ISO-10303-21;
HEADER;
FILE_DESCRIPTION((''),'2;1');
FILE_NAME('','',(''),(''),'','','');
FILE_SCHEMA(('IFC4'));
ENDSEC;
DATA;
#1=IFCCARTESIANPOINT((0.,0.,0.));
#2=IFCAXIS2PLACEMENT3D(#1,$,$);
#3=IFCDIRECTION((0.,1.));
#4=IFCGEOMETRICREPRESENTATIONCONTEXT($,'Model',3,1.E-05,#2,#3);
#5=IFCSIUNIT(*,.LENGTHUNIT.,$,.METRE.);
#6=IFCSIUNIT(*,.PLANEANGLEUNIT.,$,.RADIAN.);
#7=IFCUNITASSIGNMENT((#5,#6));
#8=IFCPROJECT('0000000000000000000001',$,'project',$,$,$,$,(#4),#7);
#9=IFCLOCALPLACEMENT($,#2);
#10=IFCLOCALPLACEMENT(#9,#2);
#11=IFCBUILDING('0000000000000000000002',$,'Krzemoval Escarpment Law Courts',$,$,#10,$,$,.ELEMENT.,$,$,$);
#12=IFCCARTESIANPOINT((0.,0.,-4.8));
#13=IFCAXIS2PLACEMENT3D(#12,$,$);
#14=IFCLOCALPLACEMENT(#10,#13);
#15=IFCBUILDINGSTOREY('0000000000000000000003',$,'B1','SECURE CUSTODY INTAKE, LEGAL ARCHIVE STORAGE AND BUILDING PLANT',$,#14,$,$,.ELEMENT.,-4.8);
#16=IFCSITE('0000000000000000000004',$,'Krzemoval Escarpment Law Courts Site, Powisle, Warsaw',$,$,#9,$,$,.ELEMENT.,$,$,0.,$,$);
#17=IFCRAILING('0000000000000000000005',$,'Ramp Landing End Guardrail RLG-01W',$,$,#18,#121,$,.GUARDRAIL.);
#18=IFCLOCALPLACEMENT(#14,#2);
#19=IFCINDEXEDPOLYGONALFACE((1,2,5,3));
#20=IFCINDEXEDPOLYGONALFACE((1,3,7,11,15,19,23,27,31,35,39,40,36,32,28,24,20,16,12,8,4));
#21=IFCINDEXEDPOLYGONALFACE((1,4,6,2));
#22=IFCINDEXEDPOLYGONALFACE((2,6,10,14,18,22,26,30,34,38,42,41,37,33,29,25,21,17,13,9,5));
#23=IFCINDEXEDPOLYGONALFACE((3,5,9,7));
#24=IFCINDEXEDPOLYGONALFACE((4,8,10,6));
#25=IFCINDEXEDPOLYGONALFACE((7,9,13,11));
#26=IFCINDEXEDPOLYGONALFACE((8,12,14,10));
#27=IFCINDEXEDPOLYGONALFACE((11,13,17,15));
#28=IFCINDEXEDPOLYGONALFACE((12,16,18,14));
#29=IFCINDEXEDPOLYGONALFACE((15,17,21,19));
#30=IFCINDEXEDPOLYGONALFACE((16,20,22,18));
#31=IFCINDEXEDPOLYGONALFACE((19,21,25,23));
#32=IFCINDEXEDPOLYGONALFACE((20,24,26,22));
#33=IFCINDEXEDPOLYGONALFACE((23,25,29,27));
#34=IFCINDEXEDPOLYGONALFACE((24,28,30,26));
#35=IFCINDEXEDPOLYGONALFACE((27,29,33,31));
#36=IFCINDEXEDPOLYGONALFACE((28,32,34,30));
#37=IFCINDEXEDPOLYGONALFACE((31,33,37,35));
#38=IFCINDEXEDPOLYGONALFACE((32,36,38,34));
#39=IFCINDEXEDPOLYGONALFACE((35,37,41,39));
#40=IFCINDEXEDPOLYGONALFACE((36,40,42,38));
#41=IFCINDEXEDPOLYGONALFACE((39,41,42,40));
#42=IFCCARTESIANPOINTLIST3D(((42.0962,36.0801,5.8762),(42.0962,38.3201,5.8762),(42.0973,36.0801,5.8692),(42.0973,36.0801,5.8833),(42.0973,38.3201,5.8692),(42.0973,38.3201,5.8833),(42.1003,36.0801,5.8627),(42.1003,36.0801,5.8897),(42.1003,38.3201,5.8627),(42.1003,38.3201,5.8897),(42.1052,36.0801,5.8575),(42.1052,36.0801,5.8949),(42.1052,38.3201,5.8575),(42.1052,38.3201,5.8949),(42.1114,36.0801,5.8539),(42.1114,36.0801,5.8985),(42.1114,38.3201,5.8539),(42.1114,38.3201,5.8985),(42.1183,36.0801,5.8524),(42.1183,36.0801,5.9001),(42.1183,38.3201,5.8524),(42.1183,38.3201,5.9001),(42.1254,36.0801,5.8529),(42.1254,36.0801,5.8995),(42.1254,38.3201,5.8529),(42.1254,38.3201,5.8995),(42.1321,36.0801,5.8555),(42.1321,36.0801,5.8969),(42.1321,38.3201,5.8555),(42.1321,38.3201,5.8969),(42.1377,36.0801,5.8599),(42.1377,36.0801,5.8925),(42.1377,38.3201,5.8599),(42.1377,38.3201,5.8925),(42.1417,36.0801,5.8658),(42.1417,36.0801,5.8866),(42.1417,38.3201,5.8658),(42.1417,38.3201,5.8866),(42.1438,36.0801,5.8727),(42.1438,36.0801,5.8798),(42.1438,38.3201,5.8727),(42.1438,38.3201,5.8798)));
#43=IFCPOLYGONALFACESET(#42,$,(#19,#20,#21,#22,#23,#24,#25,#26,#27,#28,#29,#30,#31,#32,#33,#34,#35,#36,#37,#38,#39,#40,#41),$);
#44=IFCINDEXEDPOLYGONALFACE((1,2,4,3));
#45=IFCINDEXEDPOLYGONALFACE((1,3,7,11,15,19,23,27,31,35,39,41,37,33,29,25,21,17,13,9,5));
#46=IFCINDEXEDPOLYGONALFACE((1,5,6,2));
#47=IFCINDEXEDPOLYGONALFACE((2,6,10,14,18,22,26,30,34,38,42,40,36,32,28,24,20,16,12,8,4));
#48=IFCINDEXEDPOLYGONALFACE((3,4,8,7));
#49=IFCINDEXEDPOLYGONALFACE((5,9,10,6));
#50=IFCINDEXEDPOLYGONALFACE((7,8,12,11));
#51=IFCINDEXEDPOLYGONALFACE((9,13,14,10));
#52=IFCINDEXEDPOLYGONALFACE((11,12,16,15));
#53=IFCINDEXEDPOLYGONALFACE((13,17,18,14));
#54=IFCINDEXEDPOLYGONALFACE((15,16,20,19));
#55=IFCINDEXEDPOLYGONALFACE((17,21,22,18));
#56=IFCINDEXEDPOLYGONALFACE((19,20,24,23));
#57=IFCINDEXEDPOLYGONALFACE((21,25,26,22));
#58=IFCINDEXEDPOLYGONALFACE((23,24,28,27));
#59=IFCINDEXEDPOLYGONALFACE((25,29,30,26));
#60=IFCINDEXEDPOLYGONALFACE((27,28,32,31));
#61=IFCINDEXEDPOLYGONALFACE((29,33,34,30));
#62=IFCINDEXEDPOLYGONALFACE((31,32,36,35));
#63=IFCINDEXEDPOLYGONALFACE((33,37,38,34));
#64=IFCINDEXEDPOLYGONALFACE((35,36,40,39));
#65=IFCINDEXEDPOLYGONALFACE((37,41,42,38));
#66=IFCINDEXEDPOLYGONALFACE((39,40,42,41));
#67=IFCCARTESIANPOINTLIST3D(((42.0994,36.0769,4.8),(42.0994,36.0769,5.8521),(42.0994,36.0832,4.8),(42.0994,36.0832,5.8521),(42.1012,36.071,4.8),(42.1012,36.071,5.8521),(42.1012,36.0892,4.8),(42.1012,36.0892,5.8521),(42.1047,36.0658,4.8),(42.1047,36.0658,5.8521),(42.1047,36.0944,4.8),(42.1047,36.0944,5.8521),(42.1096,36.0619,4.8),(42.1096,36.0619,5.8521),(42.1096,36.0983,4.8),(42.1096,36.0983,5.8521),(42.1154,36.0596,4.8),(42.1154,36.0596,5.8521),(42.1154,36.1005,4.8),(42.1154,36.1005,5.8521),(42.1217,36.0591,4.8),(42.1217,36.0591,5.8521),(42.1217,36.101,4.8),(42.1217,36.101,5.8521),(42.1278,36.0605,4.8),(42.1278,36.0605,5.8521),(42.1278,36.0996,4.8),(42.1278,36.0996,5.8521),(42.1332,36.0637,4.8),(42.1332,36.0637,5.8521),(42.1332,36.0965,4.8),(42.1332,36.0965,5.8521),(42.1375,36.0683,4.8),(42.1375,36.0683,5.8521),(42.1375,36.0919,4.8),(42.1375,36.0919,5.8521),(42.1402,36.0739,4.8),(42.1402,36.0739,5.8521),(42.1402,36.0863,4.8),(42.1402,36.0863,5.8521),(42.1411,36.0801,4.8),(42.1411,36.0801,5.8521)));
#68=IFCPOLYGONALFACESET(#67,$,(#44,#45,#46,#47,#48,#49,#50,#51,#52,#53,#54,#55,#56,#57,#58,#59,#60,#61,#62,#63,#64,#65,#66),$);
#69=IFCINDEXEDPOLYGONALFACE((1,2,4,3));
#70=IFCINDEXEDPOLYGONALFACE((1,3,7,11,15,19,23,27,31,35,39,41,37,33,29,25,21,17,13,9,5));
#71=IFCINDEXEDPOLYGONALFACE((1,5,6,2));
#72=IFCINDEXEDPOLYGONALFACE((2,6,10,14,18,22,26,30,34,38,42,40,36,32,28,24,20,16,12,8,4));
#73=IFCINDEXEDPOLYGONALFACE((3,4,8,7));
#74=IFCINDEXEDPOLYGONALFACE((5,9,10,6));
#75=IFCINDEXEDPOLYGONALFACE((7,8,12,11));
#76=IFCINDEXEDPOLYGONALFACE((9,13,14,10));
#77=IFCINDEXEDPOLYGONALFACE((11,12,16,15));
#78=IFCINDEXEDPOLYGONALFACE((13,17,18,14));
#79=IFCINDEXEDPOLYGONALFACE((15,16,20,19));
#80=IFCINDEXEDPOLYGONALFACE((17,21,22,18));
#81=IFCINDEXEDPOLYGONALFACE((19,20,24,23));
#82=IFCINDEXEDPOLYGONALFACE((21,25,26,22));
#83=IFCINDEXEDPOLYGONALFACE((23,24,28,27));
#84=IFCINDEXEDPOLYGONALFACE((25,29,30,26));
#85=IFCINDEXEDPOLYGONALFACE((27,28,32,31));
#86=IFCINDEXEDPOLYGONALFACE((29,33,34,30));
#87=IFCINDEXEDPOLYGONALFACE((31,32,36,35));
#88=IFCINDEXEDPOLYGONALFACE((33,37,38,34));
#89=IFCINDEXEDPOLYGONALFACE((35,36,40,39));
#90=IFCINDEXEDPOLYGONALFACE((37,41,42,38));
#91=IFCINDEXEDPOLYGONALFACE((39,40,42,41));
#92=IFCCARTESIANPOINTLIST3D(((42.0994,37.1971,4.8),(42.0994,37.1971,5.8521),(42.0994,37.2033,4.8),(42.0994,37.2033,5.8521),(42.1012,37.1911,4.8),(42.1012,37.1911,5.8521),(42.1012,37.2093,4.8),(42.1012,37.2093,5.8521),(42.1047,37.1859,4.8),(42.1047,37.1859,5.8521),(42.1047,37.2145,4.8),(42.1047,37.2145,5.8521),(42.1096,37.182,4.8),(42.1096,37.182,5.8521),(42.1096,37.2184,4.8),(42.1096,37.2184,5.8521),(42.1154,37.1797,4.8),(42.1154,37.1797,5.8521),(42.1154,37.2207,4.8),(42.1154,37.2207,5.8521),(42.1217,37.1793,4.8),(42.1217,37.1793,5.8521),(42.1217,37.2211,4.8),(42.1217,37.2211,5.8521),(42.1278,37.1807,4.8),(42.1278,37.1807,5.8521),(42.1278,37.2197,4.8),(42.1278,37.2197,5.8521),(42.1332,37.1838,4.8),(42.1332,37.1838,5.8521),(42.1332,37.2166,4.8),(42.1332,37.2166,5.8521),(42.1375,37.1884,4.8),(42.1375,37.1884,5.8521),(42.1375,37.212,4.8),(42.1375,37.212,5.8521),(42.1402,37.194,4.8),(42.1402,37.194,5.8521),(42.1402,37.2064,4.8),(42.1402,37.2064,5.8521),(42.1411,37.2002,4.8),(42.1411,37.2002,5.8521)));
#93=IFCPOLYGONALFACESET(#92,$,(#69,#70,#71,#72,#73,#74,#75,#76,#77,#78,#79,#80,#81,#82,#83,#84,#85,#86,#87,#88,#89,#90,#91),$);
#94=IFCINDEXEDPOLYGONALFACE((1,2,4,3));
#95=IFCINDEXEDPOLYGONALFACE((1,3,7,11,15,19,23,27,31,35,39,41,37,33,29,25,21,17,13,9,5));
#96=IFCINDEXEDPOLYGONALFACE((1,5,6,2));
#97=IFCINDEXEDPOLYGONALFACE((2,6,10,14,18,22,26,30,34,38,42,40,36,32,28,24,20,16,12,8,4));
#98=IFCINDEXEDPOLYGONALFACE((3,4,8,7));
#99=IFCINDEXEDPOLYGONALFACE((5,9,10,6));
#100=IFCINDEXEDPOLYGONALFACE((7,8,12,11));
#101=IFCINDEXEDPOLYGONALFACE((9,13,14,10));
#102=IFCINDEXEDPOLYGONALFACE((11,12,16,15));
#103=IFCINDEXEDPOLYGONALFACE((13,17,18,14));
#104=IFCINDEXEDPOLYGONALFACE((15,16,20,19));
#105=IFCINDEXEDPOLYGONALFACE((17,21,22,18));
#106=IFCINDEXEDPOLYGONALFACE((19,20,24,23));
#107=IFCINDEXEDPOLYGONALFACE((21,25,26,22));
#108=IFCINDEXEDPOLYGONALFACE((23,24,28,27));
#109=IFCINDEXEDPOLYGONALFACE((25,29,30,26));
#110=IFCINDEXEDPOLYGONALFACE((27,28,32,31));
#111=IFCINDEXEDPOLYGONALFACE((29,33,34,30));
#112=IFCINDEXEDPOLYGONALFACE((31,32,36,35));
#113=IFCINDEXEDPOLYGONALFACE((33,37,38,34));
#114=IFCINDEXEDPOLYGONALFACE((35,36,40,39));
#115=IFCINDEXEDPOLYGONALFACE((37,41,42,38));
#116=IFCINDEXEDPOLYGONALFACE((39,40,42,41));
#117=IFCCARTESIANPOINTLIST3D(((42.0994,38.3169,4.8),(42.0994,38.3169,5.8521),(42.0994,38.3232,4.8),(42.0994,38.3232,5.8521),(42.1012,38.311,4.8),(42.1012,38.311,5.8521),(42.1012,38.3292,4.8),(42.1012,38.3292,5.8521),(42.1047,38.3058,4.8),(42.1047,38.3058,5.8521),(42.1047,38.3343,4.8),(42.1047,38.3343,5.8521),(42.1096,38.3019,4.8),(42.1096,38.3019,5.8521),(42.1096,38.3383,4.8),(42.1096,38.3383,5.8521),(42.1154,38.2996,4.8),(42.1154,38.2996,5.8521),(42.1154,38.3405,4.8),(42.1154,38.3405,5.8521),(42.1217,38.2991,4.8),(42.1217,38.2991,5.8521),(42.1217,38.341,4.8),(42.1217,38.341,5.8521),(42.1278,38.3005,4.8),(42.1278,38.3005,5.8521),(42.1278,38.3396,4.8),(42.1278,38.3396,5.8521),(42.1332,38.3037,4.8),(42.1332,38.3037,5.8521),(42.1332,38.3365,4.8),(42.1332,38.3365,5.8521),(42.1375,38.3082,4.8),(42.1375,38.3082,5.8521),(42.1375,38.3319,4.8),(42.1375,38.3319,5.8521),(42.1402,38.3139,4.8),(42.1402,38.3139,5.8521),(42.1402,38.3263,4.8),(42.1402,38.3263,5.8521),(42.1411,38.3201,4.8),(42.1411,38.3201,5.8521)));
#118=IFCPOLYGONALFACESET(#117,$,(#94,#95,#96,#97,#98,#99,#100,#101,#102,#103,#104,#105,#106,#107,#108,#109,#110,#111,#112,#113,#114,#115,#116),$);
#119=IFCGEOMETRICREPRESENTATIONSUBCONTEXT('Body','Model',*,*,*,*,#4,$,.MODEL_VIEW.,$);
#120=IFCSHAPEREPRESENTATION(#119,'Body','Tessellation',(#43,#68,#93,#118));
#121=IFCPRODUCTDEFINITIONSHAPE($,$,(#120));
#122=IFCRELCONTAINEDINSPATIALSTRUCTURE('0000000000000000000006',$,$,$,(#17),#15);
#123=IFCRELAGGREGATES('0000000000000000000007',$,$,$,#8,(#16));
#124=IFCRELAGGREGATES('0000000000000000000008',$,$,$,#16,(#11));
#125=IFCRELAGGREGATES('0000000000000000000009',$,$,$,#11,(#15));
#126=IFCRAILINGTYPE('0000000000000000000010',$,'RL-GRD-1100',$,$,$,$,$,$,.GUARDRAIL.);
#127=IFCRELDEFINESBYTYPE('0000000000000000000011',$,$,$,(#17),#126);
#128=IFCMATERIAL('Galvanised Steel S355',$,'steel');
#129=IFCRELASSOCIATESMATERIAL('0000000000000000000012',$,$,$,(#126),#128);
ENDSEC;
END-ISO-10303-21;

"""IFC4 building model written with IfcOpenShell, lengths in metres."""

from ifc_helpers import new_model, si_unit, direction, frame, origin, origin_2d, place, context, subcontext, project, spatial, circle, extrude, material, type_object, element, save


model = new_model("IFC4")

# Units and contexts
model_context = context("Model", 3, precision=1e-05, world=origin(), true_north=direction((0.0, 1.0)))
body_context = subcontext(model_context, "Body", "Model", "MODEL_VIEW")
ifc_project = project(units=[si_unit("LENGTHUNIT", "METRE"), si_unit("PLANEANGLEUNIT", "RADIAN")], contexts=[model_context])

# Site, building, storey
site_placement = place(None, origin())
site = spatial("IfcSite", under=ifc_project, at=site_placement, Name="Krzemoval Escarpment Law Courts Site, Powisle, Warsaw", CompositionType="ELEMENT", RefElevation=0.0)
building_placement = place(site_placement, origin())
building = spatial("IfcBuilding", under=site, at=building_placement, Name="Krzemoval Escarpment Law Courts", CompositionType="ELEMENT")
storey_placement = place(building_placement, frame((0.0, 0.0, -4.8)))
storey = spatial("IfcBuildingStorey", under=building, at=storey_placement, Name="B1", Description="SECURE CUSTODY INTAKE, LEGAL ARCHIVE STORAGE AND BUILDING PLANT", CompositionType="ELEMENT", Elevation=-4.8)

# Railing
ifc_material_1 = material(Name="Galvanised Steel S355", Category="steel")
railing_type_1 = type_object("IfcRailingType", Name="RL-GRD-1100", PredefinedType="GUARDRAIL", material=ifc_material_1)
railing_1_placement = place(storey_placement, frame((42.1201, 36.0801, 4.8)))
element("IfcRailing", 1, at=railing_1_placement, inside=storey, type_object=railing_type_1, Name="Ramp Landing End Guardrail RLG-01W", PredefinedType="GUARDRAIL", context=body_context, shape_type="SweptSolid", body=[
    extrude(circle(Radius=0.0239, at=origin_2d()), frame((0.0, 0.0, 1.0762), z_axis=(0.0, 1.0, 0.0), x_axis=(-1.0, 0.0, 0.0)), (0.0, 0.0, 1.0), 2.24),
    extrude(circle(Radius=0.021, at=origin_2d()), origin(), (0.0, 0.0, 1.0), 1.052),
    extrude(circle(Radius=0.021, at=origin_2d()), frame((0.0, 1.1201, 0.0)), (0.0, 0.0, 1.0), 1.052),
    extrude(circle(Radius=0.021, at=origin_2d()), frame((0.0, 2.24, 0.0)), (0.0, 0.0, 1.0), 1.052),
])

save(model, "model.ifc")
